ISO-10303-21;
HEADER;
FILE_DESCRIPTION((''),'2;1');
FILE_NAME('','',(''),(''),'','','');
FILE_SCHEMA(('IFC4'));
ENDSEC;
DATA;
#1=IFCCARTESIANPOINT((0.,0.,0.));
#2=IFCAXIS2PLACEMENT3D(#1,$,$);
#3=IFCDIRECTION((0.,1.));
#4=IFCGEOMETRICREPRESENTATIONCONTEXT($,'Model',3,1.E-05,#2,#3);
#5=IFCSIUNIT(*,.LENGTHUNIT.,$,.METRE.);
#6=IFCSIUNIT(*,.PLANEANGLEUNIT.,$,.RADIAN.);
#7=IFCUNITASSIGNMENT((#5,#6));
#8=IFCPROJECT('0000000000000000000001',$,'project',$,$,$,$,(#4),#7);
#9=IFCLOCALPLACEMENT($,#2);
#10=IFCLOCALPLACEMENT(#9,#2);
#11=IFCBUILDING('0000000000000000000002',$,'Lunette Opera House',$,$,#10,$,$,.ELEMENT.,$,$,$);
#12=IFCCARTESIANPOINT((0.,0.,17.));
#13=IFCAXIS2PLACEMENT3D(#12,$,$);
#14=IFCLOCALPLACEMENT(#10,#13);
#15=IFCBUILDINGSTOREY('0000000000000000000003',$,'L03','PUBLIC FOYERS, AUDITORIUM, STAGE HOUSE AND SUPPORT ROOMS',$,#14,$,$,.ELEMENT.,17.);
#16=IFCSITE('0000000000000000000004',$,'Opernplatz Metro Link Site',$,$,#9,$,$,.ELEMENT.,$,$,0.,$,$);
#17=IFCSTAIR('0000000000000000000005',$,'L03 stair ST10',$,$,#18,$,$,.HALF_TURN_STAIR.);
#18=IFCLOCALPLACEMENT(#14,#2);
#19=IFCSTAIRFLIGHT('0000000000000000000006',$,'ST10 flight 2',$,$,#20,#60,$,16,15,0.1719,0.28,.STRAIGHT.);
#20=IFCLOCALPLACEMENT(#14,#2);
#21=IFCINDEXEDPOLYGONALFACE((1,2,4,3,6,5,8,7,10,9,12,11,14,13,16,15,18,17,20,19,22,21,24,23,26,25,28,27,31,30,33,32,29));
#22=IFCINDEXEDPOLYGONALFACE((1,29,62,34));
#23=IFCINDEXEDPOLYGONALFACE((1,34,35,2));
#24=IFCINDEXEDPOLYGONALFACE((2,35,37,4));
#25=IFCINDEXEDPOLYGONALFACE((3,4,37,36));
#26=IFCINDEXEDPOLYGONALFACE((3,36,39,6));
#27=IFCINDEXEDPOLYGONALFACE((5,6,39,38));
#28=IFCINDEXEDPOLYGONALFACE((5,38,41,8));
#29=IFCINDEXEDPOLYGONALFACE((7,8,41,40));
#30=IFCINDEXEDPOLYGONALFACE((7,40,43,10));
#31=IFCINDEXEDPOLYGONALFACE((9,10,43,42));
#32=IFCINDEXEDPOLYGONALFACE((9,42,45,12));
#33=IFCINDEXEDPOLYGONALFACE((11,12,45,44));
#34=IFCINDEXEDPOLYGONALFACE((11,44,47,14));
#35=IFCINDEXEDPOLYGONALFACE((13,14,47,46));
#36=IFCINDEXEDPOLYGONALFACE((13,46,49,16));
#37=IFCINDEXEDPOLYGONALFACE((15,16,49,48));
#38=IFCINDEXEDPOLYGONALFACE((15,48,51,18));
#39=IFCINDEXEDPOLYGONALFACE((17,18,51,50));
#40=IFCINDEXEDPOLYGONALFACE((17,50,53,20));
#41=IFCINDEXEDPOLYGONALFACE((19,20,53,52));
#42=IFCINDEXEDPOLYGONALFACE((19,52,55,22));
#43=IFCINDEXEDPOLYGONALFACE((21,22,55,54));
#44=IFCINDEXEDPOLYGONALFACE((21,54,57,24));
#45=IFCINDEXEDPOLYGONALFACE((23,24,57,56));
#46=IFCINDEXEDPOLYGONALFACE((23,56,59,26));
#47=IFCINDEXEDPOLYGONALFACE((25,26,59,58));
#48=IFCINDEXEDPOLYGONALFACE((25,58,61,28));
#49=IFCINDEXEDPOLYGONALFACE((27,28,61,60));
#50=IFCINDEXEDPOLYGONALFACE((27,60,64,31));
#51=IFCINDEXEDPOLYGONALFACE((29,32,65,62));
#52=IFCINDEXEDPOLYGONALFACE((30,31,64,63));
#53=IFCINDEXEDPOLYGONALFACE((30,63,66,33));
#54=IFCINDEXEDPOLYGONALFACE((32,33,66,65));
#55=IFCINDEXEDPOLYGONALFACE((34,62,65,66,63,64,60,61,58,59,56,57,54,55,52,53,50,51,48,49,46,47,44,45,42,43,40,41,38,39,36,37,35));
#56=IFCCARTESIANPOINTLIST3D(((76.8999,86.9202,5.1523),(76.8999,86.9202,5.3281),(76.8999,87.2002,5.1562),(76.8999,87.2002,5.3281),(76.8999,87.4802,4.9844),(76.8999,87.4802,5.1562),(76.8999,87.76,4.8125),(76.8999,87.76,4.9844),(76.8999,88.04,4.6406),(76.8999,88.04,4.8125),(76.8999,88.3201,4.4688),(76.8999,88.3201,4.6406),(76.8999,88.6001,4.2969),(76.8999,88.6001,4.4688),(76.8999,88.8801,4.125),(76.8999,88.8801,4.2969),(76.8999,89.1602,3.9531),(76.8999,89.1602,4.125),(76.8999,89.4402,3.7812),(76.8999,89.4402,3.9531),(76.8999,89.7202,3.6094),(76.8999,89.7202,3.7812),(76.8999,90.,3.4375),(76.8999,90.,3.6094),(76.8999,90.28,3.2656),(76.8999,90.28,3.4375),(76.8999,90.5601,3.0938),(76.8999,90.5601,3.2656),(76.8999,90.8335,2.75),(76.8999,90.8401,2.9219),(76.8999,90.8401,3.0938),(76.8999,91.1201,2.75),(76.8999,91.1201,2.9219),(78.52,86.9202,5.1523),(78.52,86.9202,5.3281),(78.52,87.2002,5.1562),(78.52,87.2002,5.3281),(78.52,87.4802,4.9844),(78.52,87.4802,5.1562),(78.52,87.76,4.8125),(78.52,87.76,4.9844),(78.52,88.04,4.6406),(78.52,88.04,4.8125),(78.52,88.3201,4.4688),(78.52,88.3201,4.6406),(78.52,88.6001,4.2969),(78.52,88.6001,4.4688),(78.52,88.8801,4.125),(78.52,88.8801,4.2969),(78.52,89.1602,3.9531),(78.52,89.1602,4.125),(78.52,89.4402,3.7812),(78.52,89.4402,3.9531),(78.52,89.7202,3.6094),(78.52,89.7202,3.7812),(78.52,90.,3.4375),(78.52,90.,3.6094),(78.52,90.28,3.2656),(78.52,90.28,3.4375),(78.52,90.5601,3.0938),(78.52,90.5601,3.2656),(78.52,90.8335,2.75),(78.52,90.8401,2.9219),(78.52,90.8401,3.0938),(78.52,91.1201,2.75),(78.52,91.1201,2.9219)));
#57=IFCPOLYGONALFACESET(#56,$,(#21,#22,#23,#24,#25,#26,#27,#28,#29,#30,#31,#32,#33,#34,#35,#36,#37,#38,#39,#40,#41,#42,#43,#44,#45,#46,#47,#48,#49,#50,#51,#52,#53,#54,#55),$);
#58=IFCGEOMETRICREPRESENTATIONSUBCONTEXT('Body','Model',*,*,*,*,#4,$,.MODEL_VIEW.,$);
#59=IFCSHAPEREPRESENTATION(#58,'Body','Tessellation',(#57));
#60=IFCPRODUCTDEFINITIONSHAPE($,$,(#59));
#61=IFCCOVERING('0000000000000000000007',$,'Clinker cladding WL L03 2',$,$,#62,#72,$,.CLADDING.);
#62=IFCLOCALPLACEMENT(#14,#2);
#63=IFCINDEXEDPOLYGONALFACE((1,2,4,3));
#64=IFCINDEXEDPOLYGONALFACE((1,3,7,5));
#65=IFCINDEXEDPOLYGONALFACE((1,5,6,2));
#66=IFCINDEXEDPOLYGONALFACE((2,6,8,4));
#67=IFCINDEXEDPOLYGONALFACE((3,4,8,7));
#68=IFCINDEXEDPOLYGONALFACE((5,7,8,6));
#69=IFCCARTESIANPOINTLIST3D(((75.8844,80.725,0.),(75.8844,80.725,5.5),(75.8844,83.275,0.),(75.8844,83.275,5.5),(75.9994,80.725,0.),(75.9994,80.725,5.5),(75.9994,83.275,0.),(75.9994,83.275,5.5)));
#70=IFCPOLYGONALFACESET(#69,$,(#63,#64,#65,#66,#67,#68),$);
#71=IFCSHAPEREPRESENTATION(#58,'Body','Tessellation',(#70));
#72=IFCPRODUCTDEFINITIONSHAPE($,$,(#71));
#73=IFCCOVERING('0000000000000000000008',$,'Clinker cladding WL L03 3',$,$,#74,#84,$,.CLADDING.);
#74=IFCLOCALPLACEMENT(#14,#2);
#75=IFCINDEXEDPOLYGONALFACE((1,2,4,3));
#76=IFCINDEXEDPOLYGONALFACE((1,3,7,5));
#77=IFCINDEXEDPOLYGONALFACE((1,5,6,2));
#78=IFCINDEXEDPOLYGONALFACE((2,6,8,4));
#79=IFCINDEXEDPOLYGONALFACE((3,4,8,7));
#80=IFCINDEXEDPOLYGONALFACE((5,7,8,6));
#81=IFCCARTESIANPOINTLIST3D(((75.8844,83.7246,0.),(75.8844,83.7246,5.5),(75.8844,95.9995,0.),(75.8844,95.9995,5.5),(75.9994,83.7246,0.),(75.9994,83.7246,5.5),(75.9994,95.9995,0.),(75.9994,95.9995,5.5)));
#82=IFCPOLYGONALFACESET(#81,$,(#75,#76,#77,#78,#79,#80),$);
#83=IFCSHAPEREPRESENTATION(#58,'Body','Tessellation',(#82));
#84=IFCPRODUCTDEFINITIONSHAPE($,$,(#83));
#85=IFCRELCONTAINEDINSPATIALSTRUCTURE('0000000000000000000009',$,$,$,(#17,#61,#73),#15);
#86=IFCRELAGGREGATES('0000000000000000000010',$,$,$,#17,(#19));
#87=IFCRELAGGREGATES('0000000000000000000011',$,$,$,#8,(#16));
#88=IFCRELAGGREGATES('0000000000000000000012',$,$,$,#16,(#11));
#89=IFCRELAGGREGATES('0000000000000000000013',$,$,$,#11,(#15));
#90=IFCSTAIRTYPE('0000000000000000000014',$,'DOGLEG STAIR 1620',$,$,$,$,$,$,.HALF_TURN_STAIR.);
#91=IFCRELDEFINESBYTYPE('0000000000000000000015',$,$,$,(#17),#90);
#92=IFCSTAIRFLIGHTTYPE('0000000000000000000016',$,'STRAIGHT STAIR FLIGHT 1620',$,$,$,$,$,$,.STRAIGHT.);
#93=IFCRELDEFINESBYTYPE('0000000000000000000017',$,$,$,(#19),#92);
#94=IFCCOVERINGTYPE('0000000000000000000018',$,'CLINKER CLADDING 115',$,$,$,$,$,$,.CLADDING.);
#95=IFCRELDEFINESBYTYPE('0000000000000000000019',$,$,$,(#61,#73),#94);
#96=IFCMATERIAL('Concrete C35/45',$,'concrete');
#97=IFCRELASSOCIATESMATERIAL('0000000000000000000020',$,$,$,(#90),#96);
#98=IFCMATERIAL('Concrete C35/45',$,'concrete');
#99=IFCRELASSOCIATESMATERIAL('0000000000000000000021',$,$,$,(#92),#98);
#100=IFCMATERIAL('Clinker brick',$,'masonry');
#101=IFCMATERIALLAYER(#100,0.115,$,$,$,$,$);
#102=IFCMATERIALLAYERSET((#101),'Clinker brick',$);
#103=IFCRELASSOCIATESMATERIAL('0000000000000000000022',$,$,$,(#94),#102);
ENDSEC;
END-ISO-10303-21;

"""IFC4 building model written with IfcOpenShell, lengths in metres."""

from ifc_helpers import new_model, si_unit, direction, frame, origin, origin_2d, place, context, subcontext, project, spatial, polyline, rectangle, outline, extrude, material, layer, layer_set, type_object, element, aggregate, save


model = new_model("IFC4")

# Units and contexts
model_context = context("Model", 3, precision=1e-05, world=origin(), true_north=direction((0.0, 1.0)))
body_context = subcontext(model_context, "Body", "Model", "MODEL_VIEW")
ifc_project = project(units=[si_unit("LENGTHUNIT", "METRE"), si_unit("PLANEANGLEUNIT", "RADIAN")], contexts=[model_context])

# Site, building, storey
site_placement = place(None, origin())
site = spatial("IfcSite", under=ifc_project, at=site_placement, Name="Opernplatz Metro Link Site", CompositionType="ELEMENT", RefElevation=0.0)
building_placement = place(site_placement, origin())
building = spatial("IfcBuilding", under=site, at=building_placement, Name="Lunette Opera House", CompositionType="ELEMENT")
storey_placement = place(building_placement, frame((0.0, 0.0, 17.0)))
storey = spatial("IfcBuildingStorey", under=building, at=storey_placement, Name="L03", Description="PUBLIC FOYERS, AUDITORIUM, STAGE HOUSE AND SUPPORT ROOMS", CompositionType="ELEMENT", Elevation=17.0)

# Stair, stair flight
ifc_material_1 = material(Name="Concrete C35/45", Category="concrete")
stair_type = type_object("IfcStairType", Name="DOGLEG STAIR 1620", PredefinedType="HALF_TURN_STAIR", material=ifc_material_1)
stair_placement = place(storey_placement, origin())
stair = element("IfcStair", 1, at=stair_placement, inside=storey, type_object=stair_type, Name="L03 stair ST10", PredefinedType="HALF_TURN_STAIR")
ifc_material_2 = material(Name="Concrete C35/45", Category="concrete")
stair_flight_type = type_object("IfcStairFlightType", Name="STRAIGHT STAIR FLIGHT 1620", PredefinedType="STRAIGHT", material=ifc_material_2)
stair_flight_1_placement = place(storey_placement, frame((77.71, 91.1201, 2.75), z_axis=(0.0, 0.0, 1.0), x_axis=(0.0, -1.0, 0.0)))
stair_flight_1 = element("IfcStairFlight", 2, at=stair_flight_1_placement, type_object=stair_flight_type, Name="ST10 flight 2", NumberOfRisers=16, NumberOfTreads=15, PredefinedType="STRAIGHT", RiserHeight=0.1719, TreadLength=0.28, context=body_context, shape_type="SweptSolid", body=[
    extrude(outline(polyline([(0.0, 0.0), (0.0, 0.1719), (0.28, 0.1719), (0.28, 0.3438), (0.5601, 0.3438), (0.5601, 0.5156), (0.8401, 0.5156), (0.8401, 0.6875), (1.1201, 0.6875), (1.1201, 0.8594), (1.3999, 0.8594), (1.3999, 1.0312), (1.6799, 1.0312), (1.6799, 1.2031), (1.96, 1.2031), (1.96, 1.375), (2.24, 1.375), (2.24, 1.5469), (2.52, 1.5469), (2.52, 1.7188), (2.8, 1.7188), (2.8, 1.8906), (3.0801, 1.8906), (3.0801, 2.0625), (3.3601, 2.0625), (3.3601, 2.2344), (3.6399, 2.2344), (3.6399, 2.4062), (3.9199, 2.4062), (3.9199, 2.5781), (4.2, 2.5781), (4.2, 2.75), (4.2, 2.4023), (0.2866, 0.0), (0.0, 0.0)])), frame((0.0, 0.8101, 0.0), z_axis=(0.0, -1.0, 0.0), x_axis=(1.0, 0.0, 0.0)), (0.0, 0.0, 1.0), 1.6201),
])
aggregate(stair, [stair_flight_1])

# Coverings
ifc_material_3 = material(Name="Clinker brick", Category="masonry")
ifc_layer_1 = layer(ifc_material_3, 0.115)
ifc_layer_set_1 = layer_set([ifc_layer_1], Name="Clinker brick")
covering_type_1 = type_object("IfcCoveringType", Name="CLINKER CLADDING 115", PredefinedType="CLADDING", material=ifc_layer_set_1)
covering_1_placement = place(storey_placement, frame((75.9419, 82.0, 0.0), z_axis=(0.0, 0.0, 1.0), x_axis=(1.0, 0.0, 0.0)))
element("IfcCovering", 3, at=covering_1_placement, inside=storey, type_object=covering_type_1, Name="Clinker cladding WL L03 2", PredefinedType="CLADDING", context=body_context, shape_type="SweptSolid", body=[
    extrude(rectangle(XDim=0.115, YDim=2.55, at=origin_2d()), origin(), (0.0, 0.0, 1.0), 5.5),
])
covering_2_placement = place(storey_placement, frame((75.9419, 89.8621, 0.0), z_axis=(0.0, 0.0, 1.0), x_axis=(1.0, 0.0, 0.0)))
element("IfcCovering", 4, at=covering_2_placement, inside=storey, type_object=covering_type_1, Name="Clinker cladding WL L03 3", PredefinedType="CLADDING", context=body_context, shape_type="SweptSolid", body=[
    extrude(rectangle(XDim=0.115, YDim=12.2749, at=origin_2d()), origin(), (0.0, 0.0, 1.0), 5.5),
])

save(model, "model.ifc")
